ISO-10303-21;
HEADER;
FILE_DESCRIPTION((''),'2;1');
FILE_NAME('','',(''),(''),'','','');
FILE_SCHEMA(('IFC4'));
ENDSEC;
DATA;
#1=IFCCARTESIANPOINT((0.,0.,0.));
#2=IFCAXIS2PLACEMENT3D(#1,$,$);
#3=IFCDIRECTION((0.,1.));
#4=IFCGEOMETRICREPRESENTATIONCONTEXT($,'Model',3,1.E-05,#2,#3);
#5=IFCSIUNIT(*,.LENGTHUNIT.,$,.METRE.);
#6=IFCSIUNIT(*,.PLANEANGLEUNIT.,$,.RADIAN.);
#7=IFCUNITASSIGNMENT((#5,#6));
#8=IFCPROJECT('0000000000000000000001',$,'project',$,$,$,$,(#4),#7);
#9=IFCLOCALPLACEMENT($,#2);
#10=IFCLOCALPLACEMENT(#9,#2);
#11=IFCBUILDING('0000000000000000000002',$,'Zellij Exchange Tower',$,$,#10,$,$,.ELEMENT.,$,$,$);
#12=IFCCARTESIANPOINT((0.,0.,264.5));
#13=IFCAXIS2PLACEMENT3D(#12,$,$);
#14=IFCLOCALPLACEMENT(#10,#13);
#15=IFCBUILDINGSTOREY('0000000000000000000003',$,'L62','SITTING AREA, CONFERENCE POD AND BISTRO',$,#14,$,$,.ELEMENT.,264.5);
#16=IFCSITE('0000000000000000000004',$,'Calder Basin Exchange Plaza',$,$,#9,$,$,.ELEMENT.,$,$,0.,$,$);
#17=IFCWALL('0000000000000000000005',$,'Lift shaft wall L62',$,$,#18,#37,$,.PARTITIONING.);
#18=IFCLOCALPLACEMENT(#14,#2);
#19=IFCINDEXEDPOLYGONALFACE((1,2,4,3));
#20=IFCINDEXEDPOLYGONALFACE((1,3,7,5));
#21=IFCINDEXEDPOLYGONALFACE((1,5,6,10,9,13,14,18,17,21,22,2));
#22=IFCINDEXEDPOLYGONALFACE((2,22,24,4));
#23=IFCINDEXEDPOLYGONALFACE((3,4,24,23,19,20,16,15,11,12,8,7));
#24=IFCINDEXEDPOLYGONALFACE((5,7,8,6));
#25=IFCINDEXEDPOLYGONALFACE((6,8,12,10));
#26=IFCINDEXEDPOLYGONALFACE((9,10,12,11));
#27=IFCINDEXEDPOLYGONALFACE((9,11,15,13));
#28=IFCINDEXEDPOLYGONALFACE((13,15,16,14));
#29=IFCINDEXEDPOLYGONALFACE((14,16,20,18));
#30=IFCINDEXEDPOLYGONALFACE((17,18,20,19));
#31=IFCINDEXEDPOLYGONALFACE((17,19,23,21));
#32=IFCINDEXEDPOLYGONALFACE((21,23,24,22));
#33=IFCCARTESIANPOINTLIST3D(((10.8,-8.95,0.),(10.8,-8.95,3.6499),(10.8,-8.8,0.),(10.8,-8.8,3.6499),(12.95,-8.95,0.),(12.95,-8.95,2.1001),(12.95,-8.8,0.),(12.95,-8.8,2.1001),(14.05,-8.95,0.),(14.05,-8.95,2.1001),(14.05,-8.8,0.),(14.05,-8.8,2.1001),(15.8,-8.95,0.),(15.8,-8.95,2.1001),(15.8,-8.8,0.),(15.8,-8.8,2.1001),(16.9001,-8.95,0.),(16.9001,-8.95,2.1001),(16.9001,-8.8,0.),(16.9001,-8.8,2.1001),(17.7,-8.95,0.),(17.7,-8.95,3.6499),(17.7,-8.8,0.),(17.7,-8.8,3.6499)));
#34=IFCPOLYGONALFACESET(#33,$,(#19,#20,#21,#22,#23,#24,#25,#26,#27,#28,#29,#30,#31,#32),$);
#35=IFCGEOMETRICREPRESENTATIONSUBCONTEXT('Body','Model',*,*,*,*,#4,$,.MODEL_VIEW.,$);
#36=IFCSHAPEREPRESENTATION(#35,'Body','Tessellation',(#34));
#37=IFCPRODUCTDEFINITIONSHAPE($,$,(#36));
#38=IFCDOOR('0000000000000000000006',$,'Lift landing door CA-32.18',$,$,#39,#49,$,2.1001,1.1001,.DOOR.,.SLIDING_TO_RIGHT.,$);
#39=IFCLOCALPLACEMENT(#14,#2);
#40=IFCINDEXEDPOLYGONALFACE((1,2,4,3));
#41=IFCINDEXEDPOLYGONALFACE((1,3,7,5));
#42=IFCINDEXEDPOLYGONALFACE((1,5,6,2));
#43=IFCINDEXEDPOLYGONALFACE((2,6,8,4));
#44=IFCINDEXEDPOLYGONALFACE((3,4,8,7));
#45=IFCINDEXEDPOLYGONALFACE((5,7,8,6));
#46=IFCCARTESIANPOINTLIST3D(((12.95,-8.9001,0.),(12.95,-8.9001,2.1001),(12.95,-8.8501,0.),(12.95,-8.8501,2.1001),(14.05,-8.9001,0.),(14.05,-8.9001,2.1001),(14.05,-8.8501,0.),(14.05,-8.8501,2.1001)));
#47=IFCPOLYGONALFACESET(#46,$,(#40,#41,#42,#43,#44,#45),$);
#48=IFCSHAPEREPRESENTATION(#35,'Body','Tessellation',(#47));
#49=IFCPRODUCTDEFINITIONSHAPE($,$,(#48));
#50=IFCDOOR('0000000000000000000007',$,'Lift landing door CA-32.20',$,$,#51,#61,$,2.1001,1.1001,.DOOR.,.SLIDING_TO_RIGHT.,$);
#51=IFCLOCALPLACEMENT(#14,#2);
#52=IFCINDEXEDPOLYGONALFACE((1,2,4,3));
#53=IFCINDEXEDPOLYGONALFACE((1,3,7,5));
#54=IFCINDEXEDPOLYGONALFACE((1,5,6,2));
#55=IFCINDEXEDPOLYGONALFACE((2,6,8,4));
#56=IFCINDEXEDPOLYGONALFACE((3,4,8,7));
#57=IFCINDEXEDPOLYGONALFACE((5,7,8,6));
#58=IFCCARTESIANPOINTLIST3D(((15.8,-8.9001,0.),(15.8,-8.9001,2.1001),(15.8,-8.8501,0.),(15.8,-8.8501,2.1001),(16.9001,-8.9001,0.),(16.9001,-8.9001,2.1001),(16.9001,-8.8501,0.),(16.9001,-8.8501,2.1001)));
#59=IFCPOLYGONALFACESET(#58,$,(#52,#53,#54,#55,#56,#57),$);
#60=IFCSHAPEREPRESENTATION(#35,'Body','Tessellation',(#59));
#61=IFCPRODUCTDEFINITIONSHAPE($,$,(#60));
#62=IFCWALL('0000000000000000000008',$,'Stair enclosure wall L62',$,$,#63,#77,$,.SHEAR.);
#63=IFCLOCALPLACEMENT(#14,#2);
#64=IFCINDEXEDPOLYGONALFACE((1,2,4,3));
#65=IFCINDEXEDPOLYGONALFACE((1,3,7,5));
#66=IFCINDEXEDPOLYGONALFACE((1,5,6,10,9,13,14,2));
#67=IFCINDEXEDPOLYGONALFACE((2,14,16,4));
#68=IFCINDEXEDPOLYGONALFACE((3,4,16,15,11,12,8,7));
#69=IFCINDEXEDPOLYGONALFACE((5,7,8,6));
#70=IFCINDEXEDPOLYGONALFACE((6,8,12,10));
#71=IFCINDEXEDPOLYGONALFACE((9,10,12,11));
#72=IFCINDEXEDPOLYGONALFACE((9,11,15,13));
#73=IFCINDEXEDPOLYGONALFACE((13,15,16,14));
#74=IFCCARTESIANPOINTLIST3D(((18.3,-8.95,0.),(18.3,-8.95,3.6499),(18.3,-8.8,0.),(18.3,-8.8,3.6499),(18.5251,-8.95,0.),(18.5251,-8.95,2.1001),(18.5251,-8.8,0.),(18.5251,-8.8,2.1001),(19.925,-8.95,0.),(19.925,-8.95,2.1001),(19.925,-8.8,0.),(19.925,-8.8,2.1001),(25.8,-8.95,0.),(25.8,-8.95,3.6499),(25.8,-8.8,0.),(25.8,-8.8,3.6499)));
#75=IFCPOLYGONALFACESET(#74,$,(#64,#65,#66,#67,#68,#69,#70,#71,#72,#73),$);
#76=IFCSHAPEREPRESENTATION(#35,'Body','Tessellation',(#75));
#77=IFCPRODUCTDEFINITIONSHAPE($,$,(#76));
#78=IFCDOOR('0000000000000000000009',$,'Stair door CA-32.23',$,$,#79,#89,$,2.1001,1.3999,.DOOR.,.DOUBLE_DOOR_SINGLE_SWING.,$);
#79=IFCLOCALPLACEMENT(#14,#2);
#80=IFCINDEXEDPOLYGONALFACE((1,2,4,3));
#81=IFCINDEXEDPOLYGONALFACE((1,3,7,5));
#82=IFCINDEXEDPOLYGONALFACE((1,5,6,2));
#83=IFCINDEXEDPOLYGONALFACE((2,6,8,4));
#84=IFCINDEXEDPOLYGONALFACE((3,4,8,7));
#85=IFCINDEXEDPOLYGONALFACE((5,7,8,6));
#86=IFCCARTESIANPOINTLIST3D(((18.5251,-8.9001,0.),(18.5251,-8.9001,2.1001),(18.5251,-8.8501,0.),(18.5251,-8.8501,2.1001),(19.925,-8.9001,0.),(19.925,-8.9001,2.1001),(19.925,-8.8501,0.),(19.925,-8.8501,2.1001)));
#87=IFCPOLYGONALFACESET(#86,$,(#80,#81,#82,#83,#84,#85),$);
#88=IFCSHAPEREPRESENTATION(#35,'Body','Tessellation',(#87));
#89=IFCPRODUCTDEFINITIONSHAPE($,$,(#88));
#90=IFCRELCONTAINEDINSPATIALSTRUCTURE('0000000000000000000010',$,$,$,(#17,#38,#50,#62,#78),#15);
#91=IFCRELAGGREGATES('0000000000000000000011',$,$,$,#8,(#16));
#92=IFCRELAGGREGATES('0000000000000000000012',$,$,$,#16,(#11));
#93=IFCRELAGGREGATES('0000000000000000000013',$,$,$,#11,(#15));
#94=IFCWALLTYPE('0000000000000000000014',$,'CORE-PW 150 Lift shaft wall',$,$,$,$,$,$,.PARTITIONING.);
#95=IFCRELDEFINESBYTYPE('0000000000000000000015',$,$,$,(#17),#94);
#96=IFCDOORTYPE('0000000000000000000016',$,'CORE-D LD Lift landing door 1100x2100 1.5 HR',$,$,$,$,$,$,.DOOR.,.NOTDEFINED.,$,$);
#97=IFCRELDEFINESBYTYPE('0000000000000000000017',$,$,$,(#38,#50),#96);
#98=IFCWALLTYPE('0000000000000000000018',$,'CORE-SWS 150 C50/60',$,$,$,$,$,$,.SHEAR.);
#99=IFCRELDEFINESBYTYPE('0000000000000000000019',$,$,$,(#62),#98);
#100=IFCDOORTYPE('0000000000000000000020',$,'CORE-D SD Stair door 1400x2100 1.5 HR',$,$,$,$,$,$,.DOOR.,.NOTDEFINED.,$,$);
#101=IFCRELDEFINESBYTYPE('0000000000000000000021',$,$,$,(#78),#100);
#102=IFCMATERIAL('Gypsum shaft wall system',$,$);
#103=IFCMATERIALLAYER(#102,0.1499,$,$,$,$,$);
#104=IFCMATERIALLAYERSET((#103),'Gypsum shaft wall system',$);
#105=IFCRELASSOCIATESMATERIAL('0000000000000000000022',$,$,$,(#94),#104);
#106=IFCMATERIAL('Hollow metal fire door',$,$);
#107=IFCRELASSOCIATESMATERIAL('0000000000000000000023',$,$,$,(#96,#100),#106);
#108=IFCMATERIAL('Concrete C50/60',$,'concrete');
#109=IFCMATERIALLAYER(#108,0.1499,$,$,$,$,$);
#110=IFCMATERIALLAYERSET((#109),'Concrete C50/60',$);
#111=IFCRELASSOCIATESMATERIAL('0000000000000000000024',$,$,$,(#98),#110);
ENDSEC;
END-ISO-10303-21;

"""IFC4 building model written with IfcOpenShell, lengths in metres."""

from ifc_helpers import new_model, si_unit, direction, frame, frame_2d, origin, place, context, subcontext, project, spatial, rectangle, extrude, material, layer, layer_set, type_object, element, fill, save


model = new_model("IFC4")

# Units and contexts
model_context = context("Model", 3, precision=1e-05, world=origin(), true_north=direction((0.0, 1.0)))
body_context = subcontext(model_context, "Body", "Model", "MODEL_VIEW")
ifc_project = project(units=[si_unit("LENGTHUNIT", "METRE"), si_unit("PLANEANGLEUNIT", "RADIAN")], contexts=[model_context])

# Site, building, storey
site_placement = place(None, origin())
site = spatial("IfcSite", under=ifc_project, at=site_placement, Name="Calder Basin Exchange Plaza", CompositionType="ELEMENT", RefElevation=0.0)
building_placement = place(site_placement, origin())
building = spatial("IfcBuilding", under=site, at=building_placement, Name="Zellij Exchange Tower", CompositionType="ELEMENT")
storey_placement = place(building_placement, frame((0.0, 0.0, 264.5)))
storey = spatial("IfcBuildingStorey", under=building, at=storey_placement, Name="L62", Description="SITTING AREA, CONFERENCE POD AND BISTRO", CompositionType="ELEMENT", Elevation=264.5)

# Shared definitions
ifc_material_1 = material(Name="Concrete C50/60", Category="concrete")

# Shared definitions
ifc_material_2 = material(Name="Gypsum shaft wall system")
ifc_layer_1 = layer(ifc_material_2, 0.1499)
ifc_layer_set_1 = layer_set([ifc_layer_1], Name="Gypsum shaft wall system")
wall_type_1 = type_object("IfcWallType", Name="CORE-PW 150 Lift shaft wall", PredefinedType="PARTITIONING", material=ifc_layer_set_1)

# Wall, openings, doors
ifc_material_3 = material(Name="Hollow metal fire door")
door_type_1 = type_object("IfcDoorType", Name="CORE-D LD Lift landing door 1100x2100 1.5 HR", OperationType="NOTDEFINED", PredefinedType="DOOR", material=ifc_material_3)
wall_1_placement = place(storey_placement, frame((10.8, -8.875, 0.0), z_axis=(0.0, 0.0, 1.0), x_axis=(1.0, 0.0, 0.0)))
wall_1 = element("IfcWall", 1, at=wall_1_placement, inside=storey, type_object=wall_type_1, Name="Lift shaft wall L62", PredefinedType="PARTITIONING", context=body_context, shape_type="SweptSolid", body=[
    extrude(rectangle(XDim=6.8999, YDim=0.1499, at=frame_2d((3.45, 0.0))), origin(), (0.0, 0.0, 1.0), 3.6499),
])
opening_1_placement = place(wall_1_placement, frame((2.1499, 0.0, 0.0)))
opening_1 = element("IfcOpeningElement", 2, at=opening_1_placement, cuts=wall_1, PredefinedType="OPENING", context=body_context, shape_type="SweptSolid", body=[
    extrude(rectangle(XDim=1.1001, YDim=2.1001, at=frame_2d((0.55, 1.05))), frame((0.0, 0.0869, 0.0), z_axis=(0.0, -1.0, 0.0), x_axis=(1.0, 0.0, 0.0)), (0.0, 0.0, 1.0), 0.1738),
])
opening_2_placement = place(wall_1_placement, frame((5.0, 0.0, 0.0)))
opening_2 = element("IfcOpeningElement", 3, at=opening_2_placement, cuts=wall_1, PredefinedType="OPENING", context=body_context, shape_type="SweptSolid", body=[
    extrude(rectangle(XDim=1.1001, YDim=2.1001, at=frame_2d((0.55, 1.05))), frame((0.0, 0.0869, 0.0), z_axis=(0.0, -1.0, 0.0), x_axis=(1.0, 0.0, 0.0)), (0.0, 0.0, 1.0), 0.1738),
])
door_1_placement = place(opening_1_placement, origin())
door_1 = element("IfcDoor", 4, at=door_1_placement, inside=storey, type_object=door_type_1, Name="Lift landing door CA-32.18", OperationType="SLIDING_TO_RIGHT", OverallHeight=2.1001, OverallWidth=1.1001, PredefinedType="DOOR", context=body_context, shape_type="SweptSolid", body=[
    extrude(rectangle(XDim=1.1001, YDim=2.1001, at=frame_2d((0.55, 1.05))), frame((0.0, 0.0249, 0.0), z_axis=(0.0, -1.0, 0.0), x_axis=(1.0, 0.0, 0.0)), (0.0, 0.0, 1.0), 0.05),
])
fill(opening_1, door_1)
door_2_placement = place(opening_2_placement, origin())
door_2 = element("IfcDoor", 5, at=door_2_placement, inside=storey, type_object=door_type_1, Name="Lift landing door CA-32.20", OperationType="SLIDING_TO_RIGHT", OverallHeight=2.1001, OverallWidth=1.1001, PredefinedType="DOOR", context=body_context, shape_type="SweptSolid", body=[
    extrude(rectangle(XDim=1.1001, YDim=2.1001, at=frame_2d((0.55, 1.05))), frame((0.0, 0.0249, 0.0), z_axis=(0.0, -1.0, 0.0), x_axis=(1.0, 0.0, 0.0)), (0.0, 0.0, 1.0), 0.05),
])
fill(opening_2, door_2)

# Wall, opening, door
ifc_layer_2 = layer(ifc_material_1, 0.1499)
ifc_layer_set_2 = layer_set([ifc_layer_2], Name="Concrete C50/60")
wall_type_2 = type_object("IfcWallType", Name="CORE-SWS 150 C50/60", PredefinedType="SHEAR", material=ifc_layer_set_2)
wall_2_placement = place(storey_placement, frame((18.3, -8.875, 0.0), z_axis=(0.0, 0.0, 1.0), x_axis=(1.0, 0.0, 0.0)))
wall_2 = element("IfcWall", 6, at=wall_2_placement, inside=storey, type_object=wall_type_2, Name="Stair enclosure wall L62", PredefinedType="SHEAR", context=body_context, shape_type="SweptSolid", body=[
    extrude(rectangle(XDim=7.5, YDim=0.1499, at=frame_2d((3.75, 0.0))), origin(), (0.0, 0.0, 1.0), 3.6499),
])
opening_3_placement = place(wall_2_placement, frame((0.2251, 0.0, 0.0)))
opening_3 = element("IfcOpeningElement", 7, at=opening_3_placement, cuts=wall_2, PredefinedType="OPENING", context=body_context, shape_type="SweptSolid", body=[
    extrude(rectangle(XDim=1.3999, YDim=2.1001, at=frame_2d((0.7, 1.05))), frame((0.0, 0.0869, 0.0), z_axis=(0.0, -1.0, 0.0), x_axis=(1.0, 0.0, 0.0)), (0.0, 0.0, 1.0), 0.1738),
])
door_type_2 = type_object("IfcDoorType", Name="CORE-D SD Stair door 1400x2100 1.5 HR", OperationType="NOTDEFINED", PredefinedType="DOOR", material=ifc_material_3)
door_3_placement = place(opening_3_placement, origin())
door_3 = element("IfcDoor", 8, at=door_3_placement, inside=storey, type_object=door_type_2, Name="Stair door CA-32.23", OperationType="DOUBLE_DOOR_SINGLE_SWING", OverallHeight=2.1001, OverallWidth=1.3999, PredefinedType="DOOR", context=body_context, shape_type="SweptSolid", body=[
    extrude(rectangle(XDim=1.3999, YDim=2.1001, at=frame_2d((0.7, 1.05))), frame((0.0, 0.0249, 0.0), z_axis=(0.0, -1.0, 0.0), x_axis=(1.0, 0.0, 0.0)), (0.0, 0.0, 1.0), 0.05),
])
fill(opening_3, door_3)

save(model, "model.ifc")
